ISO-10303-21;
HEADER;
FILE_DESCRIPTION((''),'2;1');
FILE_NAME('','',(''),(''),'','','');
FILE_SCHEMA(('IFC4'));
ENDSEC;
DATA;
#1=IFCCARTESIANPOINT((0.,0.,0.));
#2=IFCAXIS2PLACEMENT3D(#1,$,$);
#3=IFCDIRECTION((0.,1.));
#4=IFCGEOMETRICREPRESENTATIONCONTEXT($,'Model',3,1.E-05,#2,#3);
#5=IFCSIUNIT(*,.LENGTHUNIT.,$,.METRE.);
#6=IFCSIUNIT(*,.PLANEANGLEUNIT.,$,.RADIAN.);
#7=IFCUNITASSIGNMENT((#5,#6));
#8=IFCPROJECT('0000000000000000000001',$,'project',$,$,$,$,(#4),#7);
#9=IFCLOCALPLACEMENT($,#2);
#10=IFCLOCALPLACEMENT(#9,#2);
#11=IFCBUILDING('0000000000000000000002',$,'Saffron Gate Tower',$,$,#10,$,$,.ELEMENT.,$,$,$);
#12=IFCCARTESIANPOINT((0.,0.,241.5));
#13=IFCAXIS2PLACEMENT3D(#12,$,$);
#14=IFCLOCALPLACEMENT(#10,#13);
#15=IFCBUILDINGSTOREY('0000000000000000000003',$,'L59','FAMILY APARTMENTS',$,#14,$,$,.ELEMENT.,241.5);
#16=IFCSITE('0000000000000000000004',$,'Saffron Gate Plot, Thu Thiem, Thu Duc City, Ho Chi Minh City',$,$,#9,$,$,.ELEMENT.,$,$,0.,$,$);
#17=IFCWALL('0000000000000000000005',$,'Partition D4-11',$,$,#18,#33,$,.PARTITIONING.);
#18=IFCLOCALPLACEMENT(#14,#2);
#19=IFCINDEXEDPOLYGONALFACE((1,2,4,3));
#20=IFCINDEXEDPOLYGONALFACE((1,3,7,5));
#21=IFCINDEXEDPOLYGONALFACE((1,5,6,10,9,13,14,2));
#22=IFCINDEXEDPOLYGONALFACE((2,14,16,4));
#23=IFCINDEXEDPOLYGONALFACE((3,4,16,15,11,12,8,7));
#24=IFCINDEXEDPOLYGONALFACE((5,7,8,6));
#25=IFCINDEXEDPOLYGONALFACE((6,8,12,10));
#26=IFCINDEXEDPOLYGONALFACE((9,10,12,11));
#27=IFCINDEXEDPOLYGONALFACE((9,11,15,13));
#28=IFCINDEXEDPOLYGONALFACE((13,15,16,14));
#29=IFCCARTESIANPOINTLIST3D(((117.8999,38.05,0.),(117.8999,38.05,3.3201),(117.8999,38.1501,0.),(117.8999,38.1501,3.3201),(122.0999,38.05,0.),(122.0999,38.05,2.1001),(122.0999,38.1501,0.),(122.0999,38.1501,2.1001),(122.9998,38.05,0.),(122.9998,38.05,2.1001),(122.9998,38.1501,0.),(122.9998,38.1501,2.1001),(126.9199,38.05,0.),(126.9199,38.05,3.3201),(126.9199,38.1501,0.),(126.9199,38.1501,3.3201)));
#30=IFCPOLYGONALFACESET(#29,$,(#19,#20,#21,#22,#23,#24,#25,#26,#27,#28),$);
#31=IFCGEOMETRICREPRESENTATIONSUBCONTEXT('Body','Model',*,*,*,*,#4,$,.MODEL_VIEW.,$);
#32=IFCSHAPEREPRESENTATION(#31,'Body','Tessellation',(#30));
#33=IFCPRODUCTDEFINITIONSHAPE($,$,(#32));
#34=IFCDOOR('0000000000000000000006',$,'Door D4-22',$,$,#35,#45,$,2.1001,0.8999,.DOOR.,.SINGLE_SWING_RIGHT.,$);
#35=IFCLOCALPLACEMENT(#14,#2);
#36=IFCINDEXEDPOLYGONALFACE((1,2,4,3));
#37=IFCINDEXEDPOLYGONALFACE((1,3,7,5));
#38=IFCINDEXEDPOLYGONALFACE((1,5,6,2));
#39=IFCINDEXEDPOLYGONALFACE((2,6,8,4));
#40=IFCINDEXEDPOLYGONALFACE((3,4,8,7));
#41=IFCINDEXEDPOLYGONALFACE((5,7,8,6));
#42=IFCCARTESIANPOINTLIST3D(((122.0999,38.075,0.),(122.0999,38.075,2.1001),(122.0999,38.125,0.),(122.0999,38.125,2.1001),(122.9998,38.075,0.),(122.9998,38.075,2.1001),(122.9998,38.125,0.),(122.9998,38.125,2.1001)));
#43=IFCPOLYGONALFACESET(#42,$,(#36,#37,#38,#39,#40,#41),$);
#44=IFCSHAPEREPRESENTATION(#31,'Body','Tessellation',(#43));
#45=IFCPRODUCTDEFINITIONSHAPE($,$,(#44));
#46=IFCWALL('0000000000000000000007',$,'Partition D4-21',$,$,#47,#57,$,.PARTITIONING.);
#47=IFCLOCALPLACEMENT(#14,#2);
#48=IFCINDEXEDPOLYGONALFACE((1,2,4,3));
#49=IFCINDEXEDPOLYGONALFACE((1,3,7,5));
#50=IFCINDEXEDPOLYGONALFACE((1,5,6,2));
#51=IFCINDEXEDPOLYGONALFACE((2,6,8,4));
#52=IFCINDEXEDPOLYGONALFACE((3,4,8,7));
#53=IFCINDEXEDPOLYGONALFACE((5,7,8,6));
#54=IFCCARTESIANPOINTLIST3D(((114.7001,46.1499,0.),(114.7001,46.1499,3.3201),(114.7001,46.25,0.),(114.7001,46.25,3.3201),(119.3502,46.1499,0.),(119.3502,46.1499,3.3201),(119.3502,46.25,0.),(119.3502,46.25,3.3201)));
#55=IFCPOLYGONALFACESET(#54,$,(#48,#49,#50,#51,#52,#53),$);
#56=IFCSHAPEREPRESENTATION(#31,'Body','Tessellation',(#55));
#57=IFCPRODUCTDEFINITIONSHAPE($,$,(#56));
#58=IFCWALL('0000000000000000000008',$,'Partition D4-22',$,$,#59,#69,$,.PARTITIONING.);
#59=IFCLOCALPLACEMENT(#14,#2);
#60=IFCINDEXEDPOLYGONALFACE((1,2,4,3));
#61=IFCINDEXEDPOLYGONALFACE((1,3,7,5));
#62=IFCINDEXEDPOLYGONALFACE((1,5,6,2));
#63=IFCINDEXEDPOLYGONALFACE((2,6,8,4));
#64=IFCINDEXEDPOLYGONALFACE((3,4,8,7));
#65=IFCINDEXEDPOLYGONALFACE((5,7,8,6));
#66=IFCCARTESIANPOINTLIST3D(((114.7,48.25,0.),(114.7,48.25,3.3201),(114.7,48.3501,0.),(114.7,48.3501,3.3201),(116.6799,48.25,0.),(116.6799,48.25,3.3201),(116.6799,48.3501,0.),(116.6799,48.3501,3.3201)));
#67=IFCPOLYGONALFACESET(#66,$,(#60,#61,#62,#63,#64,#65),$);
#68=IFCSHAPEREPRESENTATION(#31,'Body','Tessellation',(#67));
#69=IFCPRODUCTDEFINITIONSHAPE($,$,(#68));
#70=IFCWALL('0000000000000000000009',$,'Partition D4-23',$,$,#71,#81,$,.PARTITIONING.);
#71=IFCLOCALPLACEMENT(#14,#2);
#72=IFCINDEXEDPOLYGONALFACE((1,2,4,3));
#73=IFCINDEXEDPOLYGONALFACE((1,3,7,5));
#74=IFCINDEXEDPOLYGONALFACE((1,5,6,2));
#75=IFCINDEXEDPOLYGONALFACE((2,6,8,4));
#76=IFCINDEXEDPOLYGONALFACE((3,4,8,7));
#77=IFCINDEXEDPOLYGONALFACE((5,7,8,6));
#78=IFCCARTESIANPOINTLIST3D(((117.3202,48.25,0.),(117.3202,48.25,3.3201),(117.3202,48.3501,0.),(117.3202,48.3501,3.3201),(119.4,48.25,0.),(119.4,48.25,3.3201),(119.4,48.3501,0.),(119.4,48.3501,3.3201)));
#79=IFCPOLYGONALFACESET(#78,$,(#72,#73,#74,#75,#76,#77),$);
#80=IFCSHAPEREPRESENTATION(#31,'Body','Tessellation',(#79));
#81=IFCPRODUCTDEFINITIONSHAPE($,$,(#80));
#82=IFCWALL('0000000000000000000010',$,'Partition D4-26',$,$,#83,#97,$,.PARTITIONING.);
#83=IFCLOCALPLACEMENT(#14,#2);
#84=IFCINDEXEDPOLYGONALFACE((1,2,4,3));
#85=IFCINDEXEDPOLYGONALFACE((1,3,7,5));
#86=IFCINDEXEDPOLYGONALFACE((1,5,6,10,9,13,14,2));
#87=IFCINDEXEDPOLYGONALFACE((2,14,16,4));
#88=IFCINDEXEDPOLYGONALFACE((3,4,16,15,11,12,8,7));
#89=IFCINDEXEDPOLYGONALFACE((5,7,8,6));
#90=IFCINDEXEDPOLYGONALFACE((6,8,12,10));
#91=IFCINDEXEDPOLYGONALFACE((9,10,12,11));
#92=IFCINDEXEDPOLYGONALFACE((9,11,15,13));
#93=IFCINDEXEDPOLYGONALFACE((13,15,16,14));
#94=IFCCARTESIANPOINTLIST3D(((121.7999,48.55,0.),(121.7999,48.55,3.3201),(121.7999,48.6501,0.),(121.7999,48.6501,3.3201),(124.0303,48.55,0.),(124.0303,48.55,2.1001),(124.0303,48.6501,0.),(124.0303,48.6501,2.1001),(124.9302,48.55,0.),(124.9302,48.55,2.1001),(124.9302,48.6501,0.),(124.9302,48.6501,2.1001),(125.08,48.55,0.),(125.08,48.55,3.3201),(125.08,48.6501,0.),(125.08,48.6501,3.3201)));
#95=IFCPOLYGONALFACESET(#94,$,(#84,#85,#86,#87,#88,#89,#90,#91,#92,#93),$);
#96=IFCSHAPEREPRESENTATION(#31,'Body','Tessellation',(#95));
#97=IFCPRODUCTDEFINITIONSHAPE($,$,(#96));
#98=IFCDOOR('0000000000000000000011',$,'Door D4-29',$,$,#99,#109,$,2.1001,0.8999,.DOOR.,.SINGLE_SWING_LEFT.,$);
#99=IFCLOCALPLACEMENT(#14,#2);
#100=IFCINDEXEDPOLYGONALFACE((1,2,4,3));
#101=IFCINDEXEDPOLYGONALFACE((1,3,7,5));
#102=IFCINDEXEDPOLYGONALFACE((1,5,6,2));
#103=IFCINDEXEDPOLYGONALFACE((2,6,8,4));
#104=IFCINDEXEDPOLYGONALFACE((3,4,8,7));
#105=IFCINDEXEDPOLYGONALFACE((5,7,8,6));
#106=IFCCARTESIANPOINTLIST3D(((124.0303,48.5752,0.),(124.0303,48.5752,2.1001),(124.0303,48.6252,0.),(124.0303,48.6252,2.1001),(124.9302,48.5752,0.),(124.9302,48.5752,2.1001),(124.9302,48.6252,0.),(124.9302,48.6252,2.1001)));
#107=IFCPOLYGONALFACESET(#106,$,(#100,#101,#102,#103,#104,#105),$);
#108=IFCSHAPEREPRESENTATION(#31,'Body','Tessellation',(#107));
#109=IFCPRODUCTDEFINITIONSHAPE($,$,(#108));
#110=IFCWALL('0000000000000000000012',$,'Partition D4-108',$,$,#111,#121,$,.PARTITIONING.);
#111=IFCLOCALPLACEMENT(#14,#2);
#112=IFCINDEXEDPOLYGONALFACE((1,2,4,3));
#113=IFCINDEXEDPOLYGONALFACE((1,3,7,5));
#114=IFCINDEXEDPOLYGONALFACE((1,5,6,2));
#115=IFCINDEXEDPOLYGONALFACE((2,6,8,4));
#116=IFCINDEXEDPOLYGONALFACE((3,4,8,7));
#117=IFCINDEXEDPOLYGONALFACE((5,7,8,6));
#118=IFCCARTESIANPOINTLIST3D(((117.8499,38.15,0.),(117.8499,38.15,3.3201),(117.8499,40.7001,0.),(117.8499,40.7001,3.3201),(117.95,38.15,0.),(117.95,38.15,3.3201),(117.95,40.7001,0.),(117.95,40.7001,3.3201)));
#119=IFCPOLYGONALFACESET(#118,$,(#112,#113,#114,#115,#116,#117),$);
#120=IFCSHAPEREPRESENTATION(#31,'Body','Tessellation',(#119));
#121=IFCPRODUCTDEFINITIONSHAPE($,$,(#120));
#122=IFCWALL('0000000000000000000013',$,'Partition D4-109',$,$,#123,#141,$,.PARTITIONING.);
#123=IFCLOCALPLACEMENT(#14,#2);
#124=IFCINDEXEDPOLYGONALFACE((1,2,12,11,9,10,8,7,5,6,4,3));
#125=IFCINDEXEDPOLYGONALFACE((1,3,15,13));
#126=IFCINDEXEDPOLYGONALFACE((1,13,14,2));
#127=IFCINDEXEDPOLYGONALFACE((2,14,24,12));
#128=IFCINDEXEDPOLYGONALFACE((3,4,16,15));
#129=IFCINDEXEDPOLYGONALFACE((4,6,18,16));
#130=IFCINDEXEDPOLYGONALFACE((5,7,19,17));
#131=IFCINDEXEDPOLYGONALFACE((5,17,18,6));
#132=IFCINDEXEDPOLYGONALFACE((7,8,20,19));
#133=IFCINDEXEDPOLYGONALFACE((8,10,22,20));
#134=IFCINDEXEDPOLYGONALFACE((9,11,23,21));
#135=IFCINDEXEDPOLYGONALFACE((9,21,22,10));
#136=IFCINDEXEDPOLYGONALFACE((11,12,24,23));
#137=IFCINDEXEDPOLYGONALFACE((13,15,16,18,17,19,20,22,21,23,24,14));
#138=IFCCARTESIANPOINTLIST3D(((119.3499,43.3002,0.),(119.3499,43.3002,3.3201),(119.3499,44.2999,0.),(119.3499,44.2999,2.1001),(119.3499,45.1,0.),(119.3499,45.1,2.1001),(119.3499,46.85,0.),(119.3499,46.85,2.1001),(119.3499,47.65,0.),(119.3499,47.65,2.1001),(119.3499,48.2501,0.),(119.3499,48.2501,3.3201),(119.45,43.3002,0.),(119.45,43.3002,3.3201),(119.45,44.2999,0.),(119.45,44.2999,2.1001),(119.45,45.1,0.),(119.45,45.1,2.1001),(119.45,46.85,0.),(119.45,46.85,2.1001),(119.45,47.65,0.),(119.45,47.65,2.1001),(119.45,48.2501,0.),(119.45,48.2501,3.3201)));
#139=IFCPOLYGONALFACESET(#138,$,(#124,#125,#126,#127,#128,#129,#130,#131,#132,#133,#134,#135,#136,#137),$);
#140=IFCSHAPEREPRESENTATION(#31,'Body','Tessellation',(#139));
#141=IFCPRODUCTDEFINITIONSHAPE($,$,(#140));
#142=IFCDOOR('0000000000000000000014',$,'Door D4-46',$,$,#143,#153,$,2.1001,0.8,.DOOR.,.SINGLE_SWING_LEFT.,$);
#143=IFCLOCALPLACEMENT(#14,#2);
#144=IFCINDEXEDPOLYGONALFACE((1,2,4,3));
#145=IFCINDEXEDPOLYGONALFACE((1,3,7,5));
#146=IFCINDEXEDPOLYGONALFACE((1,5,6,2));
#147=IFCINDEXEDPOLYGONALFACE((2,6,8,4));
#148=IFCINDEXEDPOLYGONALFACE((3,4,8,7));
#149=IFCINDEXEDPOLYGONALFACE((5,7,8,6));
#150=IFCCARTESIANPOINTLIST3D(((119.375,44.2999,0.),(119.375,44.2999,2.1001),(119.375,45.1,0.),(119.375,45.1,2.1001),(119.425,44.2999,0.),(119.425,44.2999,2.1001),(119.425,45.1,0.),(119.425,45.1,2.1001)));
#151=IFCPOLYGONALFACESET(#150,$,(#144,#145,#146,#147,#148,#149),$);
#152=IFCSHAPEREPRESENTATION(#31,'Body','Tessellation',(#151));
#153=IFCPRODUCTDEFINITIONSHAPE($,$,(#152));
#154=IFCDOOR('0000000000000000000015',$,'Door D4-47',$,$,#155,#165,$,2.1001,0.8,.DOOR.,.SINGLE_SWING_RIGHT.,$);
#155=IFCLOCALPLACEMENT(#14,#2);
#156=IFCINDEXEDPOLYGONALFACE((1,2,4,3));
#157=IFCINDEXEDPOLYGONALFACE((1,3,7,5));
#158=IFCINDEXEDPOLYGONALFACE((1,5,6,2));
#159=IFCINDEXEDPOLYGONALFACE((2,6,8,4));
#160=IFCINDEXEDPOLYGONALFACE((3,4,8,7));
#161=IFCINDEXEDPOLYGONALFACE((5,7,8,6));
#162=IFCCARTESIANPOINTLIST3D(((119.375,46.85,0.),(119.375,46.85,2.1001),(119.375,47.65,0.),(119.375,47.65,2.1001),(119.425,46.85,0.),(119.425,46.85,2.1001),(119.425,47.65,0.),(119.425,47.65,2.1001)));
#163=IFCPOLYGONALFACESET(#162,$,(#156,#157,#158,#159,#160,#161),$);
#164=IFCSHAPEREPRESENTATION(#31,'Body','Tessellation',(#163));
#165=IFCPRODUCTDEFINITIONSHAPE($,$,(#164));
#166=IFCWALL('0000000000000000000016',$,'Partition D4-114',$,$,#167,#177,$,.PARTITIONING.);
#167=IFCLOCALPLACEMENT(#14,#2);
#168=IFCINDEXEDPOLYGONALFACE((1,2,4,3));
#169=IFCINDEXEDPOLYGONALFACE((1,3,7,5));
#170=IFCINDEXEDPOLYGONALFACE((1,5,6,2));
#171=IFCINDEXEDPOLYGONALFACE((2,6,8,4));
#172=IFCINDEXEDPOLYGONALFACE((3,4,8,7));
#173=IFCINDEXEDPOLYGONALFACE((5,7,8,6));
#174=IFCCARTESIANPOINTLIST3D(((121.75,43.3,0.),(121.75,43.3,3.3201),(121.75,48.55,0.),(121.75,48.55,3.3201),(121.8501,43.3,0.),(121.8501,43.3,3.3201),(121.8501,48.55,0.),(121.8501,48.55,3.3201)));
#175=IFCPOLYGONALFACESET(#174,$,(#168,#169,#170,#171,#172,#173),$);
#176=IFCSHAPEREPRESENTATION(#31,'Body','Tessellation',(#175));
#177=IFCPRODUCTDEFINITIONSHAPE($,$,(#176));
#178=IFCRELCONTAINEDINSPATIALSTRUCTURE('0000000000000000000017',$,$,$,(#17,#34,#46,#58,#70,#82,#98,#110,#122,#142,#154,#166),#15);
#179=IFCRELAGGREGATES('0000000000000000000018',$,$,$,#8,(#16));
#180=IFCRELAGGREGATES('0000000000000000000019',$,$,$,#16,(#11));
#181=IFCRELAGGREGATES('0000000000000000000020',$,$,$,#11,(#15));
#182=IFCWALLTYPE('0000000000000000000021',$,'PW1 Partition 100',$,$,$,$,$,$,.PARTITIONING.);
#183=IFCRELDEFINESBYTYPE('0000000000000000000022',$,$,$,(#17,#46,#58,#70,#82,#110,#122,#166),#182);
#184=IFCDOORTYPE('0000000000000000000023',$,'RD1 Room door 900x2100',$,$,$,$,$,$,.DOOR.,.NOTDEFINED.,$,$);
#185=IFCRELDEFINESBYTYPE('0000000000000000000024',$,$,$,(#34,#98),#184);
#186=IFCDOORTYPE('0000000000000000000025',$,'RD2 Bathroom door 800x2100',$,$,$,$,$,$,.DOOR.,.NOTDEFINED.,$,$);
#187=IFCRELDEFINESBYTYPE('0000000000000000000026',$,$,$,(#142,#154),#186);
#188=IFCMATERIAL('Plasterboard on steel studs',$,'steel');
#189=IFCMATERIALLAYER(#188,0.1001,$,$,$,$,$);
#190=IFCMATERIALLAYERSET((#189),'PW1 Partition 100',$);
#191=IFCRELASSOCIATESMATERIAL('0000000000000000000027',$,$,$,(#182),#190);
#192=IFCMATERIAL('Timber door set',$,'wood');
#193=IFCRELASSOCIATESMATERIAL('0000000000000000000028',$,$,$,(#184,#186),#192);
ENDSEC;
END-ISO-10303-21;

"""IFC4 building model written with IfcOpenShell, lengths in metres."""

from ifc_helpers import new_model, si_unit, direction, frame, frame_2d, origin, place, context, subcontext, project, spatial, rectangle, extrude, material, layer, layer_set, type_object, element, fill, save


model = new_model("IFC4")

# Units and contexts
model_context = context("Model", 3, precision=1e-05, world=origin(), true_north=direction((0.0, 1.0)))
body_context = subcontext(model_context, "Body", "Model", "MODEL_VIEW")
ifc_project = project(units=[si_unit("LENGTHUNIT", "METRE"), si_unit("PLANEANGLEUNIT", "RADIAN")], contexts=[model_context])

# Site, building, storey
site_placement = place(None, origin())
site = spatial("IfcSite", under=ifc_project, at=site_placement, Name="Saffron Gate Plot, Thu Thiem, Thu Duc City, Ho Chi Minh City", CompositionType="ELEMENT", RefElevation=0.0)
building_placement = place(site_placement, origin())
building = spatial("IfcBuilding", under=site, at=building_placement, Name="Saffron Gate Tower", CompositionType="ELEMENT")
storey_placement = place(building_placement, frame((0.0, 0.0, 241.5)))
storey = spatial("IfcBuildingStorey", under=building, at=storey_placement, Name="L59", Description="FAMILY APARTMENTS", CompositionType="ELEMENT", Elevation=241.5)

# Shared definitions
ifc_material_1 = material(Name="Plasterboard on steel studs", Category="steel")
ifc_layer_1 = layer(ifc_material_1, 0.1001)
ifc_layer_set_1 = layer_set([ifc_layer_1], Name="PW1 Partition 100")
wall_type_1 = type_object("IfcWallType", Name="PW1 Partition 100", PredefinedType="PARTITIONING", material=ifc_layer_set_1)
ifc_material_2 = material(Name="Timber door set", Category="wood")
door_type_1 = type_object("IfcDoorType", Name="RD1 Room door 900x2100", OperationType="NOTDEFINED", PredefinedType="DOOR", material=ifc_material_2)

# Wall, opening, door
wall_1_placement = place(storey_placement, frame((117.8999, 38.1001, 0.0), z_axis=(0.0, 0.0, 1.0), x_axis=(1.0, 0.0, 0.0)))
wall_1 = element("IfcWall", 1, at=wall_1_placement, inside=storey, type_object=wall_type_1, Name="Partition D4-11", PredefinedType="PARTITIONING", context=body_context, shape_type="SweptSolid", body=[
    extrude(rectangle(XDim=9.02, YDim=0.1001, at=frame_2d((4.51, 0.0))), origin(), (0.0, 0.0, 1.0), 3.3201),
])
opening_1_placement = place(wall_1_placement, frame((4.2, 0.0, 0.0)))
opening_1 = element("IfcOpeningElement", 2, at=opening_1_placement, cuts=wall_1, PredefinedType="OPENING", context=body_context, shape_type="SweptSolid", body=[
    extrude(rectangle(XDim=0.8999, YDim=2.1001, at=frame_2d((0.45, 1.05))), frame((0.0, 0.0601, 0.0), z_axis=(0.0, -1.0, 0.0), x_axis=(1.0, 0.0, 0.0)), (0.0, 0.0, 1.0), 0.1201),
])
door_1_placement = place(opening_1_placement, origin())
door_1 = element("IfcDoor", 3, at=door_1_placement, inside=storey, type_object=door_type_1, Name="Door D4-22", OperationType="SINGLE_SWING_RIGHT", OverallHeight=2.1001, OverallWidth=0.8999, PredefinedType="DOOR", context=body_context, shape_type="SweptSolid", body=[
    extrude(rectangle(XDim=0.8999, YDim=2.1001, at=frame_2d((0.45, 1.05))), frame((0.0, 0.0249, 0.0), z_axis=(0.0, -1.0, 0.0), x_axis=(1.0, 0.0, 0.0)), (0.0, 0.0, 1.0), 0.05),
])
fill(opening_1, door_1)

# Walls
wall_2_placement = place(storey_placement, frame((114.7, 46.2, 0.0), z_axis=(0.0, 0.0, 1.0), x_axis=(1.0, 0.0, 0.0)))
element("IfcWall", 4, at=wall_2_placement, inside=storey, type_object=wall_type_1, Name="Partition D4-21", PredefinedType="PARTITIONING", context=body_context, shape_type="SweptSolid", body=[
    extrude(rectangle(XDim=4.6501, YDim=0.1001, at=frame_2d((2.3252, 0.0))), origin(), (0.0, 0.0, 1.0), 3.3201),
])
wall_3_placement = place(storey_placement, frame((114.7, 48.3, 0.0), z_axis=(0.0, 0.0, 1.0), x_axis=(1.0, 0.0, 0.0)))
element("IfcWall", 5, at=wall_3_placement, inside=storey, type_object=wall_type_1, Name="Partition D4-22", PredefinedType="PARTITIONING", context=body_context, shape_type="SweptSolid", body=[
    extrude(rectangle(XDim=1.98, YDim=0.1001, at=frame_2d((0.99, 0.0))), origin(), (0.0, 0.0, 1.0), 3.3201),
])
wall_4_placement = place(storey_placement, frame((117.3201, 48.3, 0.0), z_axis=(0.0, 0.0, 1.0), x_axis=(1.0, 0.0, 0.0)))
element("IfcWall", 6, at=wall_4_placement, inside=storey, type_object=wall_type_1, Name="Partition D4-23", PredefinedType="PARTITIONING", context=body_context, shape_type="SweptSolid", body=[
    extrude(rectangle(XDim=2.0798, YDim=0.1001, at=frame_2d((1.04, 0.0))), origin(), (0.0, 0.0, 1.0), 3.3201),
])

# Wall, opening, door
wall_5_placement = place(storey_placement, frame((125.0801, 48.6001, 0.0), z_axis=(0.0, 0.0, 1.0), x_axis=(-1.0, 0.0, 0.0)))
wall_5 = element("IfcWall", 7, at=wall_5_placement, inside=storey, type_object=wall_type_1, Name="Partition D4-26", PredefinedType="PARTITIONING", context=body_context, shape_type="SweptSolid", body=[
    extrude(rectangle(XDim=3.28, YDim=0.1001, at=frame_2d((1.6401, 0.0))), origin(), (0.0, 0.0, 1.0), 3.3201),
])
opening_2_placement = place(wall_5_placement, frame((0.1499, 0.0, 0.0)))
opening_2 = element("IfcOpeningElement", 8, at=opening_2_placement, cuts=wall_5, PredefinedType="OPENING", context=body_context, shape_type="SweptSolid", body=[
    extrude(rectangle(XDim=0.8999, YDim=2.1001, at=frame_2d((0.45, 1.05))), frame((0.0, 0.0601, 0.0), z_axis=(0.0, -1.0, 0.0), x_axis=(1.0, 0.0, 0.0)), (0.0, 0.0, 1.0), 0.1201),
])
door_2_placement = place(opening_2_placement, origin())
door_2 = element("IfcDoor", 9, at=door_2_placement, inside=storey, type_object=door_type_1, Name="Door D4-29", OperationType="SINGLE_SWING_LEFT", OverallHeight=2.1001, OverallWidth=0.8999, PredefinedType="DOOR", context=body_context, shape_type="SweptSolid", body=[
    extrude(rectangle(XDim=0.8999, YDim=2.1001, at=frame_2d((0.45, 1.05))), frame((0.0, 0.0249, 0.0), z_axis=(0.0, -1.0, 0.0), x_axis=(1.0, 0.0, 0.0)), (0.0, 0.0, 1.0), 0.05),
])
fill(opening_2, door_2)

# Wall
wall_6_placement = place(storey_placement, frame((117.8999, 40.7, 0.0), z_axis=(0.0, 0.0, 1.0), x_axis=(0.0, -1.0, 0.0)))
element("IfcWall", 10, at=wall_6_placement, inside=storey, type_object=wall_type_1, Name="Partition D4-108", PredefinedType="PARTITIONING", context=body_context, shape_type="SweptSolid", body=[
    extrude(rectangle(XDim=2.55, YDim=0.1001, at=frame_2d((1.2749, 0.0))), origin(), (0.0, 0.0, 1.0), 3.3201),
])

# Wall, openings, doors
wall_7_placement = place(storey_placement, frame((119.3999, 43.3, 0.0), z_axis=(0.0, 0.0, 1.0), x_axis=(0.0, 1.0, 0.0)))
wall_7 = element("IfcWall", 11, at=wall_7_placement, inside=storey, type_object=wall_type_1, Name="Partition D4-109", PredefinedType="PARTITIONING", context=body_context, shape_type="SweptSolid", body=[
    extrude(rectangle(XDim=4.95, YDim=0.1001, at=frame_2d((2.4751, 0.0))), origin(), (0.0, 0.0, 1.0), 3.3201),
])
opening_3_placement = place(wall_7_placement, frame((1.0, 0.0, 0.0)))
opening_3 = element("IfcOpeningElement", 12, at=opening_3_placement, cuts=wall_7, PredefinedType="OPENING", context=body_context, shape_type="SweptSolid", body=[
    extrude(rectangle(XDim=0.8, YDim=2.1001, at=frame_2d((0.3999, 1.05))), frame((0.0, 0.0601, 0.0), z_axis=(0.0, -1.0, 0.0), x_axis=(1.0, 0.0, 0.0)), (0.0, 0.0, 1.0), 0.1201),
])
opening_4_placement = place(wall_7_placement, frame((3.55, 0.0, 0.0)))
opening_4 = element("IfcOpeningElement", 13, at=opening_4_placement, cuts=wall_7, PredefinedType="OPENING", context=body_context, shape_type="SweptSolid", body=[
    extrude(rectangle(XDim=0.8, YDim=2.1001, at=frame_2d((0.3999, 1.05))), frame((0.0, 0.0601, 0.0), z_axis=(0.0, -1.0, 0.0), x_axis=(1.0, 0.0, 0.0)), (0.0, 0.0, 1.0), 0.1201),
])
door_type_2 = type_object("IfcDoorType", Name="RD2 Bathroom door 800x2100", OperationType="NOTDEFINED", PredefinedType="DOOR", material=ifc_material_2)
door_3_placement = place(opening_3_placement, origin())
door_3 = element("IfcDoor", 14, at=door_3_placement, inside=storey, type_object=door_type_2, Name="Door D4-46", OperationType="SINGLE_SWING_LEFT", OverallHeight=2.1001, OverallWidth=0.8, PredefinedType="DOOR", context=body_context, shape_type="SweptSolid", body=[
    extrude(rectangle(XDim=0.8, YDim=2.1001, at=frame_2d((0.3999, 1.05))), frame((0.0, 0.0249, 0.0), z_axis=(0.0, -1.0, 0.0), x_axis=(1.0, 0.0, 0.0)), (0.0, 0.0, 1.0), 0.05),
])
fill(opening_3, door_3)
door_4_placement = place(opening_4_placement, origin())
door_4 = element("IfcDoor", 15, at=door_4_placement, inside=storey, type_object=door_type_2, Name="Door D4-47", OperationType="SINGLE_SWING_RIGHT", OverallHeight=2.1001, OverallWidth=0.8, PredefinedType="DOOR", context=body_context, shape_type="SweptSolid", body=[
    extrude(rectangle(XDim=0.8, YDim=2.1001, at=frame_2d((0.3999, 1.05))), frame((0.0, 0.0249, 0.0), z_axis=(0.0, -1.0, 0.0), x_axis=(1.0, 0.0, 0.0)), (0.0, 0.0, 1.0), 0.05),
])
fill(opening_4, door_4)

# Wall
wall_8_placement = place(storey_placement, frame((121.8, 48.55, 0.0), z_axis=(0.0, 0.0, 1.0), x_axis=(0.0, -1.0, 0.0)))
element("IfcWall", 16, at=wall_8_placement, inside=storey, type_object=wall_type_1, Name="Partition D4-114", PredefinedType="PARTITIONING", context=body_context, shape_type="SweptSolid", body=[
    extrude(rectangle(XDim=5.25, YDim=0.1001, at=frame_2d((2.625, 0.0))), origin(), (0.0, 0.0, 1.0), 3.3201),
])

save(model, "model.ifc")
